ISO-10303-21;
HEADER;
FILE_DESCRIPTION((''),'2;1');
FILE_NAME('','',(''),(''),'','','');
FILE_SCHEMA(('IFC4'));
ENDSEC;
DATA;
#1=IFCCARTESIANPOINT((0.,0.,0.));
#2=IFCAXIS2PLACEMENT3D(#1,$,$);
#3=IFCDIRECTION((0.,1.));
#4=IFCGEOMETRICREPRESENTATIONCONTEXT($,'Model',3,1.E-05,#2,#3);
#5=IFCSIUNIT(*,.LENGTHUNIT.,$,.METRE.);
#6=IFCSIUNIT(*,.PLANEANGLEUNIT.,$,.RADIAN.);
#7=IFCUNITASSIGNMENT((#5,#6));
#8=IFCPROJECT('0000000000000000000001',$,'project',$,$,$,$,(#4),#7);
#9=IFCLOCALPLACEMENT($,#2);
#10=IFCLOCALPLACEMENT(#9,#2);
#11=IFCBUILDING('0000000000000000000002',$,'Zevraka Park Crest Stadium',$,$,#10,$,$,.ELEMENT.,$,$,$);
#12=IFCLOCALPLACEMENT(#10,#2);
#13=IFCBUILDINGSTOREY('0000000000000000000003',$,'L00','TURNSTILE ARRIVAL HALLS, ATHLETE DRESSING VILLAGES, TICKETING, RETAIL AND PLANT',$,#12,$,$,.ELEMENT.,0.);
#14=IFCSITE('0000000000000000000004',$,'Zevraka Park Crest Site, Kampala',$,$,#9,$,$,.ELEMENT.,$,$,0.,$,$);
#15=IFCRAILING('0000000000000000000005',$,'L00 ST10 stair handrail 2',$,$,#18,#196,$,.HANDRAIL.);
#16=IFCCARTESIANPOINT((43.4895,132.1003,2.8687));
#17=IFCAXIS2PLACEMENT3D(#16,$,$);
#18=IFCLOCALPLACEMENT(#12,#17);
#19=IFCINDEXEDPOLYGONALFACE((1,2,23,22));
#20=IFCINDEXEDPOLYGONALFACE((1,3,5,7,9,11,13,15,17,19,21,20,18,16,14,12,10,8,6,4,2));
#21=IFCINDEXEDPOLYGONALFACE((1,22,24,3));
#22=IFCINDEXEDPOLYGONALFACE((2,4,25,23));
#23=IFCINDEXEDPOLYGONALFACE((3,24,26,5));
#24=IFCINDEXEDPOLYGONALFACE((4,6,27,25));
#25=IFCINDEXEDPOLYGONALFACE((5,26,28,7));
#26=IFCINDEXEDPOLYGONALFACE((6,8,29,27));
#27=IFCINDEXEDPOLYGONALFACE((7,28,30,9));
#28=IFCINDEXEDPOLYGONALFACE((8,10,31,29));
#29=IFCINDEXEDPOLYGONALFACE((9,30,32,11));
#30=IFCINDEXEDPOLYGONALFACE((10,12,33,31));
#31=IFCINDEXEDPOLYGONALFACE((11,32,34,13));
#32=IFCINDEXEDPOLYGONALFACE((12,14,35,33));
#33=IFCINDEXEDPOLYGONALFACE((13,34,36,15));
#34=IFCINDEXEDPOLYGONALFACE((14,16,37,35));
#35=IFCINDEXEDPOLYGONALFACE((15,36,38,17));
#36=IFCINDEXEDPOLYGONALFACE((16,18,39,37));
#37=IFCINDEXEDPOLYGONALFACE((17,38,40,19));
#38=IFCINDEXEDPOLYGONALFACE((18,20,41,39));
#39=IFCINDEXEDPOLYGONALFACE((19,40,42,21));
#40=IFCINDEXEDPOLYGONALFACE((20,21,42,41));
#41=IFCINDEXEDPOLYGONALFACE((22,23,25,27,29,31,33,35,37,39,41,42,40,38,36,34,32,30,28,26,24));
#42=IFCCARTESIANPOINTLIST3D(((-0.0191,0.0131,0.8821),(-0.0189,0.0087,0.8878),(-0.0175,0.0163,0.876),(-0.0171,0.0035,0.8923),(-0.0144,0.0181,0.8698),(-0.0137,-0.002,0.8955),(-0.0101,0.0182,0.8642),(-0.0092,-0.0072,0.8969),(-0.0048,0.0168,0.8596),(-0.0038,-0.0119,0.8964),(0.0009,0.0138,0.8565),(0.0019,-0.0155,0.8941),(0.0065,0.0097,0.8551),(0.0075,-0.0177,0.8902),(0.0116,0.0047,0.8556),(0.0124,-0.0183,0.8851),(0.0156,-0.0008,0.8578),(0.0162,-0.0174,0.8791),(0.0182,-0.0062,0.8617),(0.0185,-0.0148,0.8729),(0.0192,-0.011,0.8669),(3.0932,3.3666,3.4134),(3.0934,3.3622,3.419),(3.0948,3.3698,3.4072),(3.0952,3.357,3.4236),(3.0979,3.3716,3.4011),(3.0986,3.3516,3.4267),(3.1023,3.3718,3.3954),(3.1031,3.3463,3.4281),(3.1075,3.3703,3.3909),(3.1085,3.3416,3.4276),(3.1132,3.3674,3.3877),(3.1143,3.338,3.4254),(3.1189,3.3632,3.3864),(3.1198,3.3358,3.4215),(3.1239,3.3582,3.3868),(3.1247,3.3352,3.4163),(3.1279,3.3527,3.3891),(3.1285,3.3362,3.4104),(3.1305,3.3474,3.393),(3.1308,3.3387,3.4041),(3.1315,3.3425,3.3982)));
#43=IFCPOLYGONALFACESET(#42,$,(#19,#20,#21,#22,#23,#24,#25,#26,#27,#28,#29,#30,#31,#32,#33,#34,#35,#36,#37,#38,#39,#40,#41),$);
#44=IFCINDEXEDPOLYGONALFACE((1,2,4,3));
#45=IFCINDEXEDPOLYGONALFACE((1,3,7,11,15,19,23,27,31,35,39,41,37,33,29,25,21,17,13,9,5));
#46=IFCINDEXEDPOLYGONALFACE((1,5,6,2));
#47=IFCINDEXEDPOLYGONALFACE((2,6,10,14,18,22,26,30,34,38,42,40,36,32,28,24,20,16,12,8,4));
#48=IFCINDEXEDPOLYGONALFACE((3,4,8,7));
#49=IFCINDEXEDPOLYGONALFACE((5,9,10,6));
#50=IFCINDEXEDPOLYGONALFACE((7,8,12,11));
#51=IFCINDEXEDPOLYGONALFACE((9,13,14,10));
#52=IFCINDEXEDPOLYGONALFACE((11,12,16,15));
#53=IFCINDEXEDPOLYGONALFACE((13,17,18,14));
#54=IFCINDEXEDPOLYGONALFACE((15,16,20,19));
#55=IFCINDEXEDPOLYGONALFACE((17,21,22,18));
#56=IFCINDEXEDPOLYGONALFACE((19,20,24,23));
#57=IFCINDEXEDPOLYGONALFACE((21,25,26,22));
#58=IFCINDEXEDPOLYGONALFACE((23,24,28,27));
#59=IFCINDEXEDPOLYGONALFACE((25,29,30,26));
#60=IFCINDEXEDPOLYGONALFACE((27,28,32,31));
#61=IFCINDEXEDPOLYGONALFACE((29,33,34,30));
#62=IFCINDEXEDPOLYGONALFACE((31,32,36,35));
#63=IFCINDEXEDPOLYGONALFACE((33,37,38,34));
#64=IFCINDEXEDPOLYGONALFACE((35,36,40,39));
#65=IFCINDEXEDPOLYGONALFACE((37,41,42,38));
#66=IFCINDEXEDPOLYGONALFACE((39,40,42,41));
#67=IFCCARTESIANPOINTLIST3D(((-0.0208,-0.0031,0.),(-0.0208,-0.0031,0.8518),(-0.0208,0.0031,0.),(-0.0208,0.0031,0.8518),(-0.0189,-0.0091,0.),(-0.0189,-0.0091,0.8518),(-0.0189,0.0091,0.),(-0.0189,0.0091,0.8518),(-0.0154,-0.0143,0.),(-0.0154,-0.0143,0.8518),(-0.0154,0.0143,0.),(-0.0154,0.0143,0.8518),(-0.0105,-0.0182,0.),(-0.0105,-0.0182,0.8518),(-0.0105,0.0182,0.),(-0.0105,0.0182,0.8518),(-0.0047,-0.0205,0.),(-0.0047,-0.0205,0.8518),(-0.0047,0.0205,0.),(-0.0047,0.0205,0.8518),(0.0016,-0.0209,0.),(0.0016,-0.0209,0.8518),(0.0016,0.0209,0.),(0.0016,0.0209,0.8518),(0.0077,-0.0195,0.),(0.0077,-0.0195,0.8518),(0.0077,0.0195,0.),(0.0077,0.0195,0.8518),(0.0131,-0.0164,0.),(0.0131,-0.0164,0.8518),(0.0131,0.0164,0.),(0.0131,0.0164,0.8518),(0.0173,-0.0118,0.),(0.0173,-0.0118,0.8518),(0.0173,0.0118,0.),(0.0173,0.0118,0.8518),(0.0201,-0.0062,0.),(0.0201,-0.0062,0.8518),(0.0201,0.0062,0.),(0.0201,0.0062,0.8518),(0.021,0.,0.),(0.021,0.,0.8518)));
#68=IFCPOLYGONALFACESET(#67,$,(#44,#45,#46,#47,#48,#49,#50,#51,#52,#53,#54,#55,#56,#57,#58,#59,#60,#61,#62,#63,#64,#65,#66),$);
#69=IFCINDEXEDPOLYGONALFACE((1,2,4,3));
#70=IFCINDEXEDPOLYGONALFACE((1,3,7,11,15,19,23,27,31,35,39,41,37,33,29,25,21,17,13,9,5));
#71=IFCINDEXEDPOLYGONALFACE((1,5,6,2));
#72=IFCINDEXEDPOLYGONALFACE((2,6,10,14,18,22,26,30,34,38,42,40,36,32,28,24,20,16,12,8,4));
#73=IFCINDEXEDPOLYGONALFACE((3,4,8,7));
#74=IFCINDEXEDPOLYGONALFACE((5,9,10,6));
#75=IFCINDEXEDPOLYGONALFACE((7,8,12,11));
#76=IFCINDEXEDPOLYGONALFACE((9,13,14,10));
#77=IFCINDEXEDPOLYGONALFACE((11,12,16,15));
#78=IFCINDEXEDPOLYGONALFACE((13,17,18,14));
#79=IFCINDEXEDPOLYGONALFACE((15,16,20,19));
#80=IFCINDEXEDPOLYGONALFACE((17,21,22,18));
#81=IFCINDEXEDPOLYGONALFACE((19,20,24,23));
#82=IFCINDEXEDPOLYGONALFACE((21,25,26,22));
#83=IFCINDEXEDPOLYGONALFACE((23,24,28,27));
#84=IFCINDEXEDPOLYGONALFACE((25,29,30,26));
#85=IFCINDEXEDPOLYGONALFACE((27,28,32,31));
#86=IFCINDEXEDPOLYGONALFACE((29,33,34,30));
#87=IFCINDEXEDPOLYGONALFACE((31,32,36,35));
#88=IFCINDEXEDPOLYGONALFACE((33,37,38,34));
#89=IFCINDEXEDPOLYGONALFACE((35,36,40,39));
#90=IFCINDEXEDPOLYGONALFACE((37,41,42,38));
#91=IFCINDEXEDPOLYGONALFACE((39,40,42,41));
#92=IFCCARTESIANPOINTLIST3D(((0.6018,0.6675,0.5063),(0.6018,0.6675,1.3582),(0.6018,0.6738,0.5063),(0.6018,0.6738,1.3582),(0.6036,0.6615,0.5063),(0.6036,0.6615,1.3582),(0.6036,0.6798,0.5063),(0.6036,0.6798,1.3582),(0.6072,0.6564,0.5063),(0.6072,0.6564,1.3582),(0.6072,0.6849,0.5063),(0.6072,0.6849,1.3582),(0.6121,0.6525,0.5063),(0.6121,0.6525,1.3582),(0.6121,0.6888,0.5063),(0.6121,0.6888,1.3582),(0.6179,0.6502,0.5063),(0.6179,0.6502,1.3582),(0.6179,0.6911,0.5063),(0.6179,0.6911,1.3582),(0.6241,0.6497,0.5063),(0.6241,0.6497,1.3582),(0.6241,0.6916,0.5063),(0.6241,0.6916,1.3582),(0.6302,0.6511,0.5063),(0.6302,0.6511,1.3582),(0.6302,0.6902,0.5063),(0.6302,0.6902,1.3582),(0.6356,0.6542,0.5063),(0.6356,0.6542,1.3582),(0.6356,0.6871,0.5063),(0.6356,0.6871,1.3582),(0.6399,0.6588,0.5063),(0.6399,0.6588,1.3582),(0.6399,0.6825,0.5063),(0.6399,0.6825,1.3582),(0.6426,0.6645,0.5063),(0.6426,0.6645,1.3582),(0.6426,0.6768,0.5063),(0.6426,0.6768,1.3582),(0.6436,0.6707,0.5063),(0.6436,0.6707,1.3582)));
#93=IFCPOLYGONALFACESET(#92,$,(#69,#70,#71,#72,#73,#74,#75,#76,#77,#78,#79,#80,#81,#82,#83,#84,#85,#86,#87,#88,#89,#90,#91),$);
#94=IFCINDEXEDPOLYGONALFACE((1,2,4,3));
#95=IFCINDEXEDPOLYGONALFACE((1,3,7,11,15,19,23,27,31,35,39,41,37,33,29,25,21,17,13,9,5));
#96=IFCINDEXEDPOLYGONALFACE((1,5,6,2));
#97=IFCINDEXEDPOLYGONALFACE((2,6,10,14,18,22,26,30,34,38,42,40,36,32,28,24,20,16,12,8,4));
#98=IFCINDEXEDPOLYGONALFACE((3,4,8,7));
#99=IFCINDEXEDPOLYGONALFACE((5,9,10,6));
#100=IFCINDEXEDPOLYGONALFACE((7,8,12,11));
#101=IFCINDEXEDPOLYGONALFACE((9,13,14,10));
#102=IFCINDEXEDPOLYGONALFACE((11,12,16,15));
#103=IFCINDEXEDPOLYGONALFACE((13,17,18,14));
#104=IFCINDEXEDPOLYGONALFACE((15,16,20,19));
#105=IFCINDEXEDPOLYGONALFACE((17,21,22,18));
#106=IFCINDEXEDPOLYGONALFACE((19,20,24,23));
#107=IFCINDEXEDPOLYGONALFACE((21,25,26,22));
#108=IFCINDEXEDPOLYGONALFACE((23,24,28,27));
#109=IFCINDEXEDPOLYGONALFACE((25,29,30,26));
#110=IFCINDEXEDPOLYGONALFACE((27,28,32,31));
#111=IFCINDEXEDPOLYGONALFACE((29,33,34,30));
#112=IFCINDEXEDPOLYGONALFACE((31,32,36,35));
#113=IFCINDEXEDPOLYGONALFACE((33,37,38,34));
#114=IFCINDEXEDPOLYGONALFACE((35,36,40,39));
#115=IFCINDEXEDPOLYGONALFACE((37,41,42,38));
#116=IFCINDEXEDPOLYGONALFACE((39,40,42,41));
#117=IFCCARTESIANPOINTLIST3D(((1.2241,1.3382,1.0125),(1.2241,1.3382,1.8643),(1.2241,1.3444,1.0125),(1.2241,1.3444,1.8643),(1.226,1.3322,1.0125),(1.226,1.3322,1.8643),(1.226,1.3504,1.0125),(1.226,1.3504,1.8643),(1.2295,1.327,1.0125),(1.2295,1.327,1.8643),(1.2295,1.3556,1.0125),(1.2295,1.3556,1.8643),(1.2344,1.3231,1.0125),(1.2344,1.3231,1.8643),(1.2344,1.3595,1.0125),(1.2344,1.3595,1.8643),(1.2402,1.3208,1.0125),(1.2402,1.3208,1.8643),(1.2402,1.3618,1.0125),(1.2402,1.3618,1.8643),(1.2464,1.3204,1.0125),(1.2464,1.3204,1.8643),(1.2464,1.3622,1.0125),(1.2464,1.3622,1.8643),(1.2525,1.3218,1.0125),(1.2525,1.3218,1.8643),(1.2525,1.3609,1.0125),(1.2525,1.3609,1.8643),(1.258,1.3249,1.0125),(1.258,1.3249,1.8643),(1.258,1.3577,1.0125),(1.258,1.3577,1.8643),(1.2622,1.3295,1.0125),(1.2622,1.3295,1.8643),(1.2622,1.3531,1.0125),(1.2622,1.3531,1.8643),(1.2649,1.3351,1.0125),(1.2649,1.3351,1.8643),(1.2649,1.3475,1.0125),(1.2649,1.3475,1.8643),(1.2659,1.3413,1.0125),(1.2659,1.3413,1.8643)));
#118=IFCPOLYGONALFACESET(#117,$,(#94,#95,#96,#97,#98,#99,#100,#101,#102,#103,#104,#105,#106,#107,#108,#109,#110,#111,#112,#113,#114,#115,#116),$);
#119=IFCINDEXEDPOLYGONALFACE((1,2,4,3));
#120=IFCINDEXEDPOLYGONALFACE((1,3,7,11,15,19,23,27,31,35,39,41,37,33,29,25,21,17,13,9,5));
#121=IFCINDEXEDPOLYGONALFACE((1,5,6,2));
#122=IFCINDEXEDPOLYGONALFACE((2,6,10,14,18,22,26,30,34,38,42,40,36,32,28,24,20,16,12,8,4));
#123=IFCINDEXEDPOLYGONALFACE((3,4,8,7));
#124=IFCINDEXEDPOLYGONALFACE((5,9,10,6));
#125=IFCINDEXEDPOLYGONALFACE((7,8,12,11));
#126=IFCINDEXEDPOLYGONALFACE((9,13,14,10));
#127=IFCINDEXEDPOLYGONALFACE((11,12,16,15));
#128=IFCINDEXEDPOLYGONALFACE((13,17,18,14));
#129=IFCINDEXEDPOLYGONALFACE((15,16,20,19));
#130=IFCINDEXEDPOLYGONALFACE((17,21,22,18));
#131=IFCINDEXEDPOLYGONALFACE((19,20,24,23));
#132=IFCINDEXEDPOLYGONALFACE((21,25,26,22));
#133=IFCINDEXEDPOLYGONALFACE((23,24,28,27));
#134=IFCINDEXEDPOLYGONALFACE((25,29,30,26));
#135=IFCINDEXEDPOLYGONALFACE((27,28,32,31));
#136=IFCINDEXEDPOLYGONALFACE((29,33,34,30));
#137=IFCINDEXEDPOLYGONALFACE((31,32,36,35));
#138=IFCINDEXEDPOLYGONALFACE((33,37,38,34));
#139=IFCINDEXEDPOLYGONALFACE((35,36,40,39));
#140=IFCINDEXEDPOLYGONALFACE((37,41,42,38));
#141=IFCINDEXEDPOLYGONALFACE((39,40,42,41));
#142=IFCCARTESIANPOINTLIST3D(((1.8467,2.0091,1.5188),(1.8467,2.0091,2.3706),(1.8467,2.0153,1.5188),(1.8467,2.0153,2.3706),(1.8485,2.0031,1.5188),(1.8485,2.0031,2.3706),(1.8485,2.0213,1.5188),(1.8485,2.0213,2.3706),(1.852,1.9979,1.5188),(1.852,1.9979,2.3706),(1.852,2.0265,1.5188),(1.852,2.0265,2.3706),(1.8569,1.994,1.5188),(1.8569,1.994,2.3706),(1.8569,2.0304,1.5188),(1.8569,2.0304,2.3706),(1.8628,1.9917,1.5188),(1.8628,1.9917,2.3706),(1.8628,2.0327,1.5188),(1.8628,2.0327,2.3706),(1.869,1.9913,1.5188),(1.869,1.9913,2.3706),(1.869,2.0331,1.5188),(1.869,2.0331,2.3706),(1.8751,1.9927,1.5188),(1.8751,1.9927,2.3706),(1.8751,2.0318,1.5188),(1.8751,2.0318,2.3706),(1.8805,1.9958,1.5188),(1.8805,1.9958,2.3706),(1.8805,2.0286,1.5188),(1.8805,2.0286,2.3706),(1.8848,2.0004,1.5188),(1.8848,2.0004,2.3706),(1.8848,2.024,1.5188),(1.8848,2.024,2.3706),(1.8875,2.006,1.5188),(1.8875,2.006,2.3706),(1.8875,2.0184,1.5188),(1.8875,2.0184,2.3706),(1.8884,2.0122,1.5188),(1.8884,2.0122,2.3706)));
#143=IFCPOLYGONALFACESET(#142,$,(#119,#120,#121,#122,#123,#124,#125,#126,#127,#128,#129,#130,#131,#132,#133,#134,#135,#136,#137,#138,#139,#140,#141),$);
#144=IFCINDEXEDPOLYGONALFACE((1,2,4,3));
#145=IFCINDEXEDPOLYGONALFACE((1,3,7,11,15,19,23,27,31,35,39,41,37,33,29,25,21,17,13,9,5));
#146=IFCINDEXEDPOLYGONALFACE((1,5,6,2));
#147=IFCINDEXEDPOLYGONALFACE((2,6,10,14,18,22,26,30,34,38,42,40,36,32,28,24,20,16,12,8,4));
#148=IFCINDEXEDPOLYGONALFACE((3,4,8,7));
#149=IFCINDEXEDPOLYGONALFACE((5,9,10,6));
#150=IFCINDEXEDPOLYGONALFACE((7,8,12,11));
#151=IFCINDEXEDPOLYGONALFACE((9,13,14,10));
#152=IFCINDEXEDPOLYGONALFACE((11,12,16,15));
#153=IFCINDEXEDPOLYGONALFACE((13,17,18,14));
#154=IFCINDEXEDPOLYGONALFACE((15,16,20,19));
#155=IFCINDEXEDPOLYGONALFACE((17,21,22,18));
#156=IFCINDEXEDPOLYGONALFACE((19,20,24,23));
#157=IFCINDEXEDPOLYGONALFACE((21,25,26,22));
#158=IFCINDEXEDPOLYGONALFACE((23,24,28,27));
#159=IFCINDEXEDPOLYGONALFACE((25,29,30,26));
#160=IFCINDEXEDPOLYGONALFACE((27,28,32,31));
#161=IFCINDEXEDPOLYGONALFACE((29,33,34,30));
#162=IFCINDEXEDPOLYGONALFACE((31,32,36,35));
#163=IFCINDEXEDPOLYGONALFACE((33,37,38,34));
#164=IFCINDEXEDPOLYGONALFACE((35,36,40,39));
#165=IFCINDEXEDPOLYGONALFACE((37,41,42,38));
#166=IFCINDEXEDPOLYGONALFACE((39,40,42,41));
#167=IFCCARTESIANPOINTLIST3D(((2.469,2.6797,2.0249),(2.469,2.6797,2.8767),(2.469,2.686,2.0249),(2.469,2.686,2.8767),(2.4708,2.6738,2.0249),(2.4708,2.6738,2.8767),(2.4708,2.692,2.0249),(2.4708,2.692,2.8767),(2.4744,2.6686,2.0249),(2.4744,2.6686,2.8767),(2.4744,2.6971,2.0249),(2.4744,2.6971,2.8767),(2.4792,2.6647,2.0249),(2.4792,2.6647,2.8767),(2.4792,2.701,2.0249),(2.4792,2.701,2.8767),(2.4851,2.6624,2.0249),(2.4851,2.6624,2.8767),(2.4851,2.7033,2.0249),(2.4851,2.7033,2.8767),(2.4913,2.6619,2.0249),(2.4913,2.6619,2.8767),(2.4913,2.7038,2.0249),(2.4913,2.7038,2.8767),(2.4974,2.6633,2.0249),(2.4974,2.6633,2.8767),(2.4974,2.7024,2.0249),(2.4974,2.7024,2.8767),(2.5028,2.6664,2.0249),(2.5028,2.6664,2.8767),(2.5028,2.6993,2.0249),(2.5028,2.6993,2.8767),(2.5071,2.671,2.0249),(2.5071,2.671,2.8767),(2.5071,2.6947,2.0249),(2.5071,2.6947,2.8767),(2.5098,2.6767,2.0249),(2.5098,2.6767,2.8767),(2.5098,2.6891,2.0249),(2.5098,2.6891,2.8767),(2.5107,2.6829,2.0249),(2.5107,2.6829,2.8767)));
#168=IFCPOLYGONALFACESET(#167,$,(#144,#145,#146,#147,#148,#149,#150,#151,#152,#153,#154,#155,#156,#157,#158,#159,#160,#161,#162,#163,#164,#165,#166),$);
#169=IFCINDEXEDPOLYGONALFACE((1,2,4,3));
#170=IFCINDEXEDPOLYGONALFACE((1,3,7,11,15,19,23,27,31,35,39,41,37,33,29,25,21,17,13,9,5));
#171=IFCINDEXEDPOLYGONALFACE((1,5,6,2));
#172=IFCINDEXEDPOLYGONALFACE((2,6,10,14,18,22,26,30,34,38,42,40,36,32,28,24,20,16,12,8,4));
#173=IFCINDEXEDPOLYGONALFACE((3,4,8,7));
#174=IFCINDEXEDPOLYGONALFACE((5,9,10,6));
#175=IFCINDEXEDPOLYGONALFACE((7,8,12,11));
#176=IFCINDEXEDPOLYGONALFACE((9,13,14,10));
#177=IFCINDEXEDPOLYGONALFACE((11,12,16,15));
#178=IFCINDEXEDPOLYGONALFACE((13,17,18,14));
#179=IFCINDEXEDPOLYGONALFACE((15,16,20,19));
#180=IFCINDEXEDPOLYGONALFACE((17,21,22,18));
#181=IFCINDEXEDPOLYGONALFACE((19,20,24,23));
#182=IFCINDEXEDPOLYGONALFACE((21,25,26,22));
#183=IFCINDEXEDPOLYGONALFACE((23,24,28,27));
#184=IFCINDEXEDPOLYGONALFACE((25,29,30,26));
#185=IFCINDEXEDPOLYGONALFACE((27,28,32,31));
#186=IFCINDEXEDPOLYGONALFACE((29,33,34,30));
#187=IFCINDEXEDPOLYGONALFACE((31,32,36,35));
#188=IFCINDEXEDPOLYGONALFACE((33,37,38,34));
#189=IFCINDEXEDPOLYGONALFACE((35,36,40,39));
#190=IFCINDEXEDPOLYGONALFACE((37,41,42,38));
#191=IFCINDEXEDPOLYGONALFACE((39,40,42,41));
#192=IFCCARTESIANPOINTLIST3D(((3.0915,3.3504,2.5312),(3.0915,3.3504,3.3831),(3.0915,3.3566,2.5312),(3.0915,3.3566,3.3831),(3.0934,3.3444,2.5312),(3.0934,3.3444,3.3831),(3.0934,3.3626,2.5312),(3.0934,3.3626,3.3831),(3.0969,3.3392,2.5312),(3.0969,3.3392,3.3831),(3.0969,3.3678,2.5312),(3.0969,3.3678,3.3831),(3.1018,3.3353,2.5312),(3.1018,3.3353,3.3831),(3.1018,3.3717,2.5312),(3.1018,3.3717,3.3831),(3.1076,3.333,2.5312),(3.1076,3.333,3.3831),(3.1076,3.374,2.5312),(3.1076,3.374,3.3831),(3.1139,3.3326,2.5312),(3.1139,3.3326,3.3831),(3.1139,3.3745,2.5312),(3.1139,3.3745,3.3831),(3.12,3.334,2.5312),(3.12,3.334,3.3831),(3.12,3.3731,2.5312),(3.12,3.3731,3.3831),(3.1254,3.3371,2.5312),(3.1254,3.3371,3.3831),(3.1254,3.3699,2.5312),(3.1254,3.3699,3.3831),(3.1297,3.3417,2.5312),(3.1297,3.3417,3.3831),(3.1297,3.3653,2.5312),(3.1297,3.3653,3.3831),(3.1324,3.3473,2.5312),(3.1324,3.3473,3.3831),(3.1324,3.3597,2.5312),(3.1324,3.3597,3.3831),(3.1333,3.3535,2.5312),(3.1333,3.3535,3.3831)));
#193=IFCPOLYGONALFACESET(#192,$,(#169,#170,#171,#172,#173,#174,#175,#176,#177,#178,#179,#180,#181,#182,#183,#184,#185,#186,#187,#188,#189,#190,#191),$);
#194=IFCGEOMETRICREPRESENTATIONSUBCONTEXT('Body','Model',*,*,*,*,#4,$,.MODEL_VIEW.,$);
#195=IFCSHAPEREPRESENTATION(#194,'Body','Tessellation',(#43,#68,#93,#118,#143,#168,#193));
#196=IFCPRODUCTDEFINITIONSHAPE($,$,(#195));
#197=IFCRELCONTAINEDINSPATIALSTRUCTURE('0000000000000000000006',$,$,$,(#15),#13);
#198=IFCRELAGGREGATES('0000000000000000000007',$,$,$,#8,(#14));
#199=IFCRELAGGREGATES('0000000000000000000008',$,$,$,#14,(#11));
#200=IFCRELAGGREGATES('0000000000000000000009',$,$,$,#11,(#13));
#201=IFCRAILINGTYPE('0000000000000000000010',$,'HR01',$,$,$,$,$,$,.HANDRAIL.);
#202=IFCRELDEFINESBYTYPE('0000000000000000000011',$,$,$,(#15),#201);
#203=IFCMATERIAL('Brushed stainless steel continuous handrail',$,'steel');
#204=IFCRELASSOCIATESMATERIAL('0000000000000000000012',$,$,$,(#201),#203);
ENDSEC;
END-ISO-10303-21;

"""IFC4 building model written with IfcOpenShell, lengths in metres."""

from ifc_helpers import new_model, si_unit, direction, frame, origin, origin_2d, place, context, subcontext, project, spatial, circle, extrude, material, type_object, element, save


model = new_model("IFC4")

# Units and contexts
model_context = context("Model", 3, precision=1e-05, world=origin(), true_north=direction((0.0, 1.0)))
body_context = subcontext(model_context, "Body", "Model", "MODEL_VIEW")
ifc_project = project(units=[si_unit("LENGTHUNIT", "METRE"), si_unit("PLANEANGLEUNIT", "RADIAN")], contexts=[model_context])

# Site, building, storey
site_placement = place(None, origin())
site = spatial("IfcSite", under=ifc_project, at=site_placement, Name="Zevraka Park Crest Site, Kampala", CompositionType="ELEMENT", RefElevation=0.0)
building_placement = place(site_placement, origin())
building = spatial("IfcBuilding", under=site, at=building_placement, Name="Zevraka Park Crest Stadium", CompositionType="ELEMENT")
storey_placement = place(building_placement, origin())
storey = spatial("IfcBuildingStorey", under=building, at=storey_placement, Name="L00", Description="TURNSTILE ARRIVAL HALLS, ATHLETE DRESSING VILLAGES, TICKETING, RETAIL AND PLANT", CompositionType="ELEMENT", Elevation=0.0)

# Railing
ifc_material_1 = material(Name="Brushed stainless steel continuous handrail", Category="steel")
railing_type_1 = type_object("IfcRailingType", Name="HR01", PredefinedType="HANDRAIL", material=ifc_material_1)
railing_1_placement = place(storey_placement, frame((43.4895, 132.1003, 2.8687)))
element("IfcRailing", 1, at=railing_1_placement, inside=storey, type_object=railing_type_1, Name="L00 ST10 stair handrail 2", PredefinedType="HANDRAIL", context=body_context, shape_type="SweptSolid", body=[
    extrude(circle(Radius=0.0239, at=origin_2d()), frame((0.0, 0.0, 0.876), z_axis=(0.59523, 0.641362, 0.484103), x_axis=(-0.732976, 0.680255, 0.0)), (0.0, 0.0, 1.0), 5.2288),
    extrude(circle(Radius=0.021, at=origin_2d()), origin(), (0.0, 0.0, 1.0), 0.8518),
    extrude(circle(Radius=0.021, at=origin_2d()), frame((0.6226, 0.6707, 0.5063)), (0.0, 0.0, 1.0), 0.8518),
    extrude(circle(Radius=0.021, at=origin_2d()), frame((1.2449, 1.3413, 1.0125)), (0.0, 0.0, 1.0), 0.8518),
    extrude(circle(Radius=0.021, at=origin_2d()), frame((1.8674, 2.0122, 1.5188)), (0.0, 0.0, 1.0), 0.8518),
    extrude(circle(Radius=0.021, at=origin_2d()), frame((2.4897, 2.6829, 2.0249)), (0.0, 0.0, 1.0), 0.8518),
    extrude(circle(Radius=0.021, at=origin_2d()), frame((3.1123, 3.3535, 2.5312)), (0.0, 0.0, 1.0), 0.8518),
])

save(model, "model.ifc")
